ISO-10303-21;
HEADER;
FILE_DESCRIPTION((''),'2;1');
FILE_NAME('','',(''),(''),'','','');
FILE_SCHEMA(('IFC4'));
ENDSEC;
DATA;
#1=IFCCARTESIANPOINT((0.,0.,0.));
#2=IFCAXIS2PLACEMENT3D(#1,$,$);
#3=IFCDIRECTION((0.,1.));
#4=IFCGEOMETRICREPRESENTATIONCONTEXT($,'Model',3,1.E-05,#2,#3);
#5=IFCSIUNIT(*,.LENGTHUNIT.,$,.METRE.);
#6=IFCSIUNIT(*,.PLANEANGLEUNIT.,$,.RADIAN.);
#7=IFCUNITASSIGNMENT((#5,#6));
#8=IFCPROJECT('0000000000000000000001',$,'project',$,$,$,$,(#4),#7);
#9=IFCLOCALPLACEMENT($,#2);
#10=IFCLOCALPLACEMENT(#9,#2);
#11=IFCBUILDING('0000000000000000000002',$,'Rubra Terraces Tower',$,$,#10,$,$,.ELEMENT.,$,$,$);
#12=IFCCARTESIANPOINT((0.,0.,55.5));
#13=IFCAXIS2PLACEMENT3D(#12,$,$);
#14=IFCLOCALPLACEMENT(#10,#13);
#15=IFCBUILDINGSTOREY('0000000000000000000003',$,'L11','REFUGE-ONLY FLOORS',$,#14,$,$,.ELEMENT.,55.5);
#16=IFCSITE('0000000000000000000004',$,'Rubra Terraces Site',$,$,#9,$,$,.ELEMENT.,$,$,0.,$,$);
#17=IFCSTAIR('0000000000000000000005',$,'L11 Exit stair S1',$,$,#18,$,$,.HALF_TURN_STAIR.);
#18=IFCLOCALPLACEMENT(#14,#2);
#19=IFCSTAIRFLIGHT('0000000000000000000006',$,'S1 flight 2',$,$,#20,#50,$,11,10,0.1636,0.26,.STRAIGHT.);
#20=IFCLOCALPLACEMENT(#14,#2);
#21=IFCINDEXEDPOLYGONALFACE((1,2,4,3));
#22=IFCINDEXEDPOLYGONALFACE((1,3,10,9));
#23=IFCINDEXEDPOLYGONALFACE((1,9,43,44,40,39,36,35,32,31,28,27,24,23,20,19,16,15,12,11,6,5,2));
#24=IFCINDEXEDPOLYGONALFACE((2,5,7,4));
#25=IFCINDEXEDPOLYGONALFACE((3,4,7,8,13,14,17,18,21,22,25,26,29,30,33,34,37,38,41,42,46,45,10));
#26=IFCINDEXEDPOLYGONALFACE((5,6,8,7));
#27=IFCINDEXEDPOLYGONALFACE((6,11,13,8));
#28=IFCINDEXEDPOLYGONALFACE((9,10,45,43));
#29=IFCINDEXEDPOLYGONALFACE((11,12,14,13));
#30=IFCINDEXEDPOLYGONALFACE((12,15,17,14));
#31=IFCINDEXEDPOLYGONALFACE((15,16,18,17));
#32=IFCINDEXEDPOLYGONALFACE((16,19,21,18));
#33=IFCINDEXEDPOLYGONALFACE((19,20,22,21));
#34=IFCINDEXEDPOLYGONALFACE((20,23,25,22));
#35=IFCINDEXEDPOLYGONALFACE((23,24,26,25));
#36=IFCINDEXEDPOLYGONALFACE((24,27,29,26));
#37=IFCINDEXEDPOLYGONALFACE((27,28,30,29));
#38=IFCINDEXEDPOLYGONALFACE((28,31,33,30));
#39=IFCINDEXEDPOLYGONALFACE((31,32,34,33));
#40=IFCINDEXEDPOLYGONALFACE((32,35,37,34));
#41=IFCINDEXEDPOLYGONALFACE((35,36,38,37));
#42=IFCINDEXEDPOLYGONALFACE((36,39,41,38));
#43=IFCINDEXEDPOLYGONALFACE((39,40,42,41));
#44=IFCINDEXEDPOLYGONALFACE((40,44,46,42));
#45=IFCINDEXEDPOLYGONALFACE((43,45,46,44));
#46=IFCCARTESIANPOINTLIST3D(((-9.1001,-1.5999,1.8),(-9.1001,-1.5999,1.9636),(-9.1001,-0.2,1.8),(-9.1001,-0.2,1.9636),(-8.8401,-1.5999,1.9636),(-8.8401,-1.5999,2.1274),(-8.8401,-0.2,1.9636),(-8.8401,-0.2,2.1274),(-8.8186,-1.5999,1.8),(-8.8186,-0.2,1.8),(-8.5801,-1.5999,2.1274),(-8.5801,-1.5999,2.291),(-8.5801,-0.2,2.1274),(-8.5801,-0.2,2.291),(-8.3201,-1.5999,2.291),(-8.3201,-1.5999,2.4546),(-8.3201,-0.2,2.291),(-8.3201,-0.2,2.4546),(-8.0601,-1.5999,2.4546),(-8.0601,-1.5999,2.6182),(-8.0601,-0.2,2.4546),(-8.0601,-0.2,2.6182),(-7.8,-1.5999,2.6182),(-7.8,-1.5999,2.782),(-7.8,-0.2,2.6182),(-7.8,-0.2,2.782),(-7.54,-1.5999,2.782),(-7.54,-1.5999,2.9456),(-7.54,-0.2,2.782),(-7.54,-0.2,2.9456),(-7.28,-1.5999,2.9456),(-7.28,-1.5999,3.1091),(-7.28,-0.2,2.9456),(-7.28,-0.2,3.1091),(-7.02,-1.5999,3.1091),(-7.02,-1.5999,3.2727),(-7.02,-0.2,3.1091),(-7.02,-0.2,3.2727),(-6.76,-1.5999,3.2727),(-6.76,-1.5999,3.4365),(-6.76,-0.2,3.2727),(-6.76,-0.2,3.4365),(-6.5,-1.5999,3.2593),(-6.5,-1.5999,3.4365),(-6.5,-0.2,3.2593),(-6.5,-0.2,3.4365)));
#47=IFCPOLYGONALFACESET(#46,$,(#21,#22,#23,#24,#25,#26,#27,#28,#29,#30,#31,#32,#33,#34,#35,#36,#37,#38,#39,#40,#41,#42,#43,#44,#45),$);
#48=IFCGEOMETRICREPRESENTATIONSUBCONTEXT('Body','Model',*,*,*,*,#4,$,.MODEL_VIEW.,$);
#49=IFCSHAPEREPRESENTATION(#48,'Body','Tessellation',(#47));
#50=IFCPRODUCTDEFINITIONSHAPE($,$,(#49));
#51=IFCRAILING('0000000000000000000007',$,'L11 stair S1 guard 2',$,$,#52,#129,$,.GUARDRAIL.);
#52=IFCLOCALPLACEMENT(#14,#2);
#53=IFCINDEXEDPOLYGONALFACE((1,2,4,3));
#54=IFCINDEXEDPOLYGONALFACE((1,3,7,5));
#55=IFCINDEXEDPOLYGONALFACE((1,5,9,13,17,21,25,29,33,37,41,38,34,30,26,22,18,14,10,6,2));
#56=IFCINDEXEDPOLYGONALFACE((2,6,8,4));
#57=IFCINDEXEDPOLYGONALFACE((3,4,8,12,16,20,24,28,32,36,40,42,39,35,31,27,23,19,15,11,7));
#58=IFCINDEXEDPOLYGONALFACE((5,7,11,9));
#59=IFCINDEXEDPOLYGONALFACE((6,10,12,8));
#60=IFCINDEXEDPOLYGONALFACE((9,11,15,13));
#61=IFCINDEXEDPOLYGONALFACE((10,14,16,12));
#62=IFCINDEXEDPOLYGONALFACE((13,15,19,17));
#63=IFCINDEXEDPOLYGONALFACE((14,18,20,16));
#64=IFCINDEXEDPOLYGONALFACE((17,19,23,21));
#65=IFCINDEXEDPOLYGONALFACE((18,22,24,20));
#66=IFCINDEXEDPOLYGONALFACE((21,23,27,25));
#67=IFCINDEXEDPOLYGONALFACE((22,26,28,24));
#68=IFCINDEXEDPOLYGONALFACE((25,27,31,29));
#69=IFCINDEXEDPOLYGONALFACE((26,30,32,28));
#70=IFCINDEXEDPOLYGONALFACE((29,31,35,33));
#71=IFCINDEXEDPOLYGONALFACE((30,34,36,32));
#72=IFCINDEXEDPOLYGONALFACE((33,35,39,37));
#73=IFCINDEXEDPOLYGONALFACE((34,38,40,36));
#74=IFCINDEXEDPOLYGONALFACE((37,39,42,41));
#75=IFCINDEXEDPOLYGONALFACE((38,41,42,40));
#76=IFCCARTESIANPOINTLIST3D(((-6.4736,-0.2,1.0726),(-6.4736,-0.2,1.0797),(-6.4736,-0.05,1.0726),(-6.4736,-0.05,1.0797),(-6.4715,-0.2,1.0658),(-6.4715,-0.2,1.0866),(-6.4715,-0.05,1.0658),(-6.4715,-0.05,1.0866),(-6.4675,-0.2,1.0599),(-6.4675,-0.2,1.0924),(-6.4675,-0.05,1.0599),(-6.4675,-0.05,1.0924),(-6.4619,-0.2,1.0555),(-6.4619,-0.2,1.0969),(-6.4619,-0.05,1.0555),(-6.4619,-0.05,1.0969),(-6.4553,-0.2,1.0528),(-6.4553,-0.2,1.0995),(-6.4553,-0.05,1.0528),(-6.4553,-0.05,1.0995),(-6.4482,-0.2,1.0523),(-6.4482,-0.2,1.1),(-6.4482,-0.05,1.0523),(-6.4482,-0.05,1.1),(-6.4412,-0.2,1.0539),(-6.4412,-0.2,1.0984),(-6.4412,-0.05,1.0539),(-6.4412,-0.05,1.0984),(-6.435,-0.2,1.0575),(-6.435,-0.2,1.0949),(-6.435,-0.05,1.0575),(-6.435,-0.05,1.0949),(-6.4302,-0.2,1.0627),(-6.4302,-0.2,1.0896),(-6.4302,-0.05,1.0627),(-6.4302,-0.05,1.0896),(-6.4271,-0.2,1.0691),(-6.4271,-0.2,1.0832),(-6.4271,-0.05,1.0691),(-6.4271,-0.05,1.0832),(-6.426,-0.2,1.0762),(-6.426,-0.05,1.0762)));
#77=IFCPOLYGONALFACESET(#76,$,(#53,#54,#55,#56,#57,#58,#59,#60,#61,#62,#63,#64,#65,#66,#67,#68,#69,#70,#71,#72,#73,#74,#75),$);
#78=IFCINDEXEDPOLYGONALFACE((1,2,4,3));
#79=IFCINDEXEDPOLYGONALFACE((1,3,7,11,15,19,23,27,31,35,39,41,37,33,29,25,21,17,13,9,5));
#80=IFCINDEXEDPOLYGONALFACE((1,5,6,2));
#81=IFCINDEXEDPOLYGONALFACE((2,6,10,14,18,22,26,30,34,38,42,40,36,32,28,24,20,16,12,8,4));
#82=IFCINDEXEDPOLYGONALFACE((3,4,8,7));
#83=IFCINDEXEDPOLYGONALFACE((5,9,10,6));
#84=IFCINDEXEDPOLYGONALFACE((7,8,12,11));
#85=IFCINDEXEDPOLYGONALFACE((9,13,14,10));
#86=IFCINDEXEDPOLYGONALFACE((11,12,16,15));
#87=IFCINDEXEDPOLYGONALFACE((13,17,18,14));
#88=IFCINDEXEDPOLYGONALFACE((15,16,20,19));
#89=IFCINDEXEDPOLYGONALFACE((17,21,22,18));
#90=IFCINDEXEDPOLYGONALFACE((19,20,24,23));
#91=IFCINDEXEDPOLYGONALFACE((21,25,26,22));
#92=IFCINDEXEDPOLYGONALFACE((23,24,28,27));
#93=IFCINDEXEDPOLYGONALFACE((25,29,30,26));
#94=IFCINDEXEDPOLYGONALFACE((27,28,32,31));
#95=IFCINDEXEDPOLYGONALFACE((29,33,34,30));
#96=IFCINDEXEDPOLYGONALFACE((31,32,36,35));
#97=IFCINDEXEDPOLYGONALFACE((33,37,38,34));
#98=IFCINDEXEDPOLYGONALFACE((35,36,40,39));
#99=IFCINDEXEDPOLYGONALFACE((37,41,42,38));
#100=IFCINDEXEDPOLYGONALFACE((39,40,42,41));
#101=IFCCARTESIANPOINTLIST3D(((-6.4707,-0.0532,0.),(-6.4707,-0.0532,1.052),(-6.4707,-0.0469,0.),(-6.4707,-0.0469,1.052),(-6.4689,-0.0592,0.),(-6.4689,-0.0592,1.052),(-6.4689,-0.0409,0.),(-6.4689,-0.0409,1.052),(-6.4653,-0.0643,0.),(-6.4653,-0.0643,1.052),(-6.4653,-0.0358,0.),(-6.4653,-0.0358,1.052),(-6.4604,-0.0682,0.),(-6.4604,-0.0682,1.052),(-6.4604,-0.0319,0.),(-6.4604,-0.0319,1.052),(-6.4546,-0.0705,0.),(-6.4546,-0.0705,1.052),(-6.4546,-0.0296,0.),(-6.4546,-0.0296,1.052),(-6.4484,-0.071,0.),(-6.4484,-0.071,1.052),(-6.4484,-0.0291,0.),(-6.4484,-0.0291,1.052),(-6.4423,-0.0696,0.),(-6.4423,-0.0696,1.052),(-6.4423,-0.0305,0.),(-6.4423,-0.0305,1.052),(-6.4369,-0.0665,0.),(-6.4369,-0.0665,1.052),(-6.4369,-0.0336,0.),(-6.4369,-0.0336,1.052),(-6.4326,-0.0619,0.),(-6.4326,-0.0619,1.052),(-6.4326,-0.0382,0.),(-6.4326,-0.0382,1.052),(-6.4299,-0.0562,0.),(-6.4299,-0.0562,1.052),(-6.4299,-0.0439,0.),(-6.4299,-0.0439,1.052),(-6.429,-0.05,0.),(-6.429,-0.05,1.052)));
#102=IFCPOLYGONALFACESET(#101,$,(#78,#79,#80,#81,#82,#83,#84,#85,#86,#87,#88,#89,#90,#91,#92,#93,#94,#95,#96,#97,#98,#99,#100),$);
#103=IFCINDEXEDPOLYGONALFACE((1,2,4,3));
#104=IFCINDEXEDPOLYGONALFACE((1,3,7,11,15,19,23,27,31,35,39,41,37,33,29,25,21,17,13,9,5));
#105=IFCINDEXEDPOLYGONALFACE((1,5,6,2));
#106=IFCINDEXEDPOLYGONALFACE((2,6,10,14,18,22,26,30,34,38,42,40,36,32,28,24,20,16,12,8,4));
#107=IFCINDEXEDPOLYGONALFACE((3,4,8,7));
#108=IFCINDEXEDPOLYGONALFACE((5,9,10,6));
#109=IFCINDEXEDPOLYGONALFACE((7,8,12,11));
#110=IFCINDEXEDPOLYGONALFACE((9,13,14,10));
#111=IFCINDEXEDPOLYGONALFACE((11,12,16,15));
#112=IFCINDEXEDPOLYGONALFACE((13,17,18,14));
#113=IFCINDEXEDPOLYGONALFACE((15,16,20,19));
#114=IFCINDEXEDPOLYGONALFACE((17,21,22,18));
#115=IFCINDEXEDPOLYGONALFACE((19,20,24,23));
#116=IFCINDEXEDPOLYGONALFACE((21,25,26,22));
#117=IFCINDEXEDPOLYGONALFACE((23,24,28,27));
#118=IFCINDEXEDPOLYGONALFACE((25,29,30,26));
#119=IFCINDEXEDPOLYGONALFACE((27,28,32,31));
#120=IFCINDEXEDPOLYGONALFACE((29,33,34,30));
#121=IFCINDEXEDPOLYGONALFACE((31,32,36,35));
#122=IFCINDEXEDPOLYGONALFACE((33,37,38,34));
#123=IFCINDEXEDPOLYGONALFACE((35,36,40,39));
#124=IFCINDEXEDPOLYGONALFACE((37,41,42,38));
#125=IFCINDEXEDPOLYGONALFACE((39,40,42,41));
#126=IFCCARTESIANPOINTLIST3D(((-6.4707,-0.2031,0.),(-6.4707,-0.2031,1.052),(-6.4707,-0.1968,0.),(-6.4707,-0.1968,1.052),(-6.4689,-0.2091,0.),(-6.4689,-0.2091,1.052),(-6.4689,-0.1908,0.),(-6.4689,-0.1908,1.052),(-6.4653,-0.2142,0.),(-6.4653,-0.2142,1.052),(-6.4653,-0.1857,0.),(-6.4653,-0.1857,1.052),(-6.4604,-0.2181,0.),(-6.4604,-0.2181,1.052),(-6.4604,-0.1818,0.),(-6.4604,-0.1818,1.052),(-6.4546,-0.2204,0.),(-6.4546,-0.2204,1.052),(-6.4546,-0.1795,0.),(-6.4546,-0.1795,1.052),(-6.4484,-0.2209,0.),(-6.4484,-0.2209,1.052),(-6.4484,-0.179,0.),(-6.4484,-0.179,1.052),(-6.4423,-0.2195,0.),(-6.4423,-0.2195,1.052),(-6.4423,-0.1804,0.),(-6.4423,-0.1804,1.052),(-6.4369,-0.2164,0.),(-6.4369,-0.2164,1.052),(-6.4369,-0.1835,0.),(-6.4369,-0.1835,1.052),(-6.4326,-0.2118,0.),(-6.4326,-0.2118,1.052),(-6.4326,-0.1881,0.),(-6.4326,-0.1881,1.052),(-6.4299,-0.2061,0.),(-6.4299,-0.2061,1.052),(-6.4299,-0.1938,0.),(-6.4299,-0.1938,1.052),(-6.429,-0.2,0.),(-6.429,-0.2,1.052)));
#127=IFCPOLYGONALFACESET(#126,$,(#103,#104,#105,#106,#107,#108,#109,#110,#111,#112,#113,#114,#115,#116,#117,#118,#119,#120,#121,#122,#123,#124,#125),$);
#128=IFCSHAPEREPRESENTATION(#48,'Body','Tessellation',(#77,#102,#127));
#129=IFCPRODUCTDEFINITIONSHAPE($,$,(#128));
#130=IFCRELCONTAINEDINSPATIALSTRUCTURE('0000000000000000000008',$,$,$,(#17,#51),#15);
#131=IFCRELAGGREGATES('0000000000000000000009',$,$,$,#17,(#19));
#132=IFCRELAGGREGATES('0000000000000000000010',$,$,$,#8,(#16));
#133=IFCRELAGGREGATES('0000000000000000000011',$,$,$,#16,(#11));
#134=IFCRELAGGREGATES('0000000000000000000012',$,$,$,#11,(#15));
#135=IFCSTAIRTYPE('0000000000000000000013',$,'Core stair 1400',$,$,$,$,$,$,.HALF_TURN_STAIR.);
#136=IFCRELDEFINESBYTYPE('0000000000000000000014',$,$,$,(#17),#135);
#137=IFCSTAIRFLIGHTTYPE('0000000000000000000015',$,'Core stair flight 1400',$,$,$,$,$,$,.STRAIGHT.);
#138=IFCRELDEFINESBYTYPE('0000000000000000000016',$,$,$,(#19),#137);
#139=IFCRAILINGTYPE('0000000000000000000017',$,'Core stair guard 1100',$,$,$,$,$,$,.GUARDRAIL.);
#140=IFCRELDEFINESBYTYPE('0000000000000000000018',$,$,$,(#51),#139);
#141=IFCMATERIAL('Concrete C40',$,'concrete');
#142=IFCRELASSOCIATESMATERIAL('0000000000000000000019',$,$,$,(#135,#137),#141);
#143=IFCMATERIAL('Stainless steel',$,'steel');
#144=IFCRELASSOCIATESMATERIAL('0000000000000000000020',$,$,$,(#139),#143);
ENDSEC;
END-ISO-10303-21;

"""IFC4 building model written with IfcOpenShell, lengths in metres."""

from ifc_helpers import new_model, si_unit, direction, frame, origin, origin_2d, place, context, subcontext, project, spatial, polyline, circle, outline, extrude, material, type_object, element, aggregate, save


model = new_model("IFC4")

# Units and contexts
model_context = context("Model", 3, precision=1e-05, world=origin(), true_north=direction((0.0, 1.0)))
body_context = subcontext(model_context, "Body", "Model", "MODEL_VIEW")
ifc_project = project(units=[si_unit("LENGTHUNIT", "METRE"), si_unit("PLANEANGLEUNIT", "RADIAN")], contexts=[model_context])

# Site, building, storey
site_placement = place(None, origin())
site = spatial("IfcSite", under=ifc_project, at=site_placement, Name="Rubra Terraces Site", CompositionType="ELEMENT", RefElevation=0.0)
building_placement = place(site_placement, origin())
building = spatial("IfcBuilding", under=site, at=building_placement, Name="Rubra Terraces Tower", CompositionType="ELEMENT")
storey_placement = place(building_placement, frame((0.0, 0.0, 55.5)))
storey = spatial("IfcBuildingStorey", under=building, at=storey_placement, Name="L11", Description="REFUGE-ONLY FLOORS", CompositionType="ELEMENT", Elevation=55.5)

# Shared definitions
ifc_material_1 = material(Name="Concrete C40", Category="concrete")

# Stair, stair flight
stair_type = type_object("IfcStairType", Name="Core stair 1400", PredefinedType="HALF_TURN_STAIR", material=ifc_material_1)
stair_placement = place(storey_placement, origin())
stair = element("IfcStair", 1, at=stair_placement, inside=storey, type_object=stair_type, Name="L11 Exit stair S1", PredefinedType="HALF_TURN_STAIR")
stair_flight_type = type_object("IfcStairFlightType", Name="Core stair flight 1400", PredefinedType="STRAIGHT", material=ifc_material_1)
stair_flight_1_placement = place(storey_placement, frame((-9.1001, -0.8999, 1.8), z_axis=(0.0, 0.0, 1.0), x_axis=(1.0, 0.0, 0.0)))
stair_flight_1 = element("IfcStairFlight", 2, at=stair_flight_1_placement, type_object=stair_flight_type, Name="S1 flight 2", NumberOfRisers=11, NumberOfTreads=10, PredefinedType="STRAIGHT", RiserHeight=0.1636, TreadLength=0.26, context=body_context, shape_type="SweptSolid", body=[
    extrude(outline(polyline([(0.0, 0.0), (0.0, 0.1636), (0.26, 0.1636), (0.26, 0.3274), (0.52, 0.3274), (0.52, 0.491), (0.78, 0.491), (0.78, 0.6545), (1.04, 0.6545), (1.04, 0.8181), (1.3, 0.8181), (1.3, 0.9819), (1.5601, 0.9819), (1.5601, 1.1455), (1.8201, 1.1455), (1.8201, 1.3091), (2.0801, 1.3091), (2.0801, 1.4727), (2.3401, 1.4727), (2.3401, 1.6365), (2.6001, 1.6365), (2.6001, 1.8), (2.6001, 1.4592), (0.2815, 0.0), (0.0, 0.0)])), frame((0.0, 0.7, 0.0), z_axis=(0.0, -1.0, 0.0), x_axis=(1.0, 0.0, 0.0)), (0.0, 0.0, 1.0), 1.3999),
])
aggregate(stair, [stair_flight_1])

# Railing
ifc_material_2 = material(Name="Stainless steel", Category="steel")
railing_type_1 = type_object("IfcRailingType", Name="Core stair guard 1100", PredefinedType="GUARDRAIL", material=ifc_material_2)
railing_1_placement = place(storey_placement, frame((-6.45, -0.05, 0.0)))
element("IfcRailing", 3, at=railing_1_placement, inside=storey, type_object=railing_type_1, Name="L11 stair S1 guard 2", PredefinedType="GUARDRAIL", context=body_context, shape_type="SweptSolid", body=[
    extrude(circle(Radius=0.0239, at=origin_2d()), frame((0.0, 0.0, 1.0762), z_axis=(0.0, -1.0, 0.0), x_axis=(1.0, 0.0, 0.0)), (0.0, 0.0, 1.0), 0.1499),
    extrude(circle(Radius=0.021, at=origin_2d()), origin(), (0.0, 0.0, 1.0), 1.052),
    extrude(circle(Radius=0.021, at=origin_2d()), frame((0.0, -0.1499, 0.0)), (0.0, 0.0, 1.0), 1.052),
])

save(model, "model.ifc")
